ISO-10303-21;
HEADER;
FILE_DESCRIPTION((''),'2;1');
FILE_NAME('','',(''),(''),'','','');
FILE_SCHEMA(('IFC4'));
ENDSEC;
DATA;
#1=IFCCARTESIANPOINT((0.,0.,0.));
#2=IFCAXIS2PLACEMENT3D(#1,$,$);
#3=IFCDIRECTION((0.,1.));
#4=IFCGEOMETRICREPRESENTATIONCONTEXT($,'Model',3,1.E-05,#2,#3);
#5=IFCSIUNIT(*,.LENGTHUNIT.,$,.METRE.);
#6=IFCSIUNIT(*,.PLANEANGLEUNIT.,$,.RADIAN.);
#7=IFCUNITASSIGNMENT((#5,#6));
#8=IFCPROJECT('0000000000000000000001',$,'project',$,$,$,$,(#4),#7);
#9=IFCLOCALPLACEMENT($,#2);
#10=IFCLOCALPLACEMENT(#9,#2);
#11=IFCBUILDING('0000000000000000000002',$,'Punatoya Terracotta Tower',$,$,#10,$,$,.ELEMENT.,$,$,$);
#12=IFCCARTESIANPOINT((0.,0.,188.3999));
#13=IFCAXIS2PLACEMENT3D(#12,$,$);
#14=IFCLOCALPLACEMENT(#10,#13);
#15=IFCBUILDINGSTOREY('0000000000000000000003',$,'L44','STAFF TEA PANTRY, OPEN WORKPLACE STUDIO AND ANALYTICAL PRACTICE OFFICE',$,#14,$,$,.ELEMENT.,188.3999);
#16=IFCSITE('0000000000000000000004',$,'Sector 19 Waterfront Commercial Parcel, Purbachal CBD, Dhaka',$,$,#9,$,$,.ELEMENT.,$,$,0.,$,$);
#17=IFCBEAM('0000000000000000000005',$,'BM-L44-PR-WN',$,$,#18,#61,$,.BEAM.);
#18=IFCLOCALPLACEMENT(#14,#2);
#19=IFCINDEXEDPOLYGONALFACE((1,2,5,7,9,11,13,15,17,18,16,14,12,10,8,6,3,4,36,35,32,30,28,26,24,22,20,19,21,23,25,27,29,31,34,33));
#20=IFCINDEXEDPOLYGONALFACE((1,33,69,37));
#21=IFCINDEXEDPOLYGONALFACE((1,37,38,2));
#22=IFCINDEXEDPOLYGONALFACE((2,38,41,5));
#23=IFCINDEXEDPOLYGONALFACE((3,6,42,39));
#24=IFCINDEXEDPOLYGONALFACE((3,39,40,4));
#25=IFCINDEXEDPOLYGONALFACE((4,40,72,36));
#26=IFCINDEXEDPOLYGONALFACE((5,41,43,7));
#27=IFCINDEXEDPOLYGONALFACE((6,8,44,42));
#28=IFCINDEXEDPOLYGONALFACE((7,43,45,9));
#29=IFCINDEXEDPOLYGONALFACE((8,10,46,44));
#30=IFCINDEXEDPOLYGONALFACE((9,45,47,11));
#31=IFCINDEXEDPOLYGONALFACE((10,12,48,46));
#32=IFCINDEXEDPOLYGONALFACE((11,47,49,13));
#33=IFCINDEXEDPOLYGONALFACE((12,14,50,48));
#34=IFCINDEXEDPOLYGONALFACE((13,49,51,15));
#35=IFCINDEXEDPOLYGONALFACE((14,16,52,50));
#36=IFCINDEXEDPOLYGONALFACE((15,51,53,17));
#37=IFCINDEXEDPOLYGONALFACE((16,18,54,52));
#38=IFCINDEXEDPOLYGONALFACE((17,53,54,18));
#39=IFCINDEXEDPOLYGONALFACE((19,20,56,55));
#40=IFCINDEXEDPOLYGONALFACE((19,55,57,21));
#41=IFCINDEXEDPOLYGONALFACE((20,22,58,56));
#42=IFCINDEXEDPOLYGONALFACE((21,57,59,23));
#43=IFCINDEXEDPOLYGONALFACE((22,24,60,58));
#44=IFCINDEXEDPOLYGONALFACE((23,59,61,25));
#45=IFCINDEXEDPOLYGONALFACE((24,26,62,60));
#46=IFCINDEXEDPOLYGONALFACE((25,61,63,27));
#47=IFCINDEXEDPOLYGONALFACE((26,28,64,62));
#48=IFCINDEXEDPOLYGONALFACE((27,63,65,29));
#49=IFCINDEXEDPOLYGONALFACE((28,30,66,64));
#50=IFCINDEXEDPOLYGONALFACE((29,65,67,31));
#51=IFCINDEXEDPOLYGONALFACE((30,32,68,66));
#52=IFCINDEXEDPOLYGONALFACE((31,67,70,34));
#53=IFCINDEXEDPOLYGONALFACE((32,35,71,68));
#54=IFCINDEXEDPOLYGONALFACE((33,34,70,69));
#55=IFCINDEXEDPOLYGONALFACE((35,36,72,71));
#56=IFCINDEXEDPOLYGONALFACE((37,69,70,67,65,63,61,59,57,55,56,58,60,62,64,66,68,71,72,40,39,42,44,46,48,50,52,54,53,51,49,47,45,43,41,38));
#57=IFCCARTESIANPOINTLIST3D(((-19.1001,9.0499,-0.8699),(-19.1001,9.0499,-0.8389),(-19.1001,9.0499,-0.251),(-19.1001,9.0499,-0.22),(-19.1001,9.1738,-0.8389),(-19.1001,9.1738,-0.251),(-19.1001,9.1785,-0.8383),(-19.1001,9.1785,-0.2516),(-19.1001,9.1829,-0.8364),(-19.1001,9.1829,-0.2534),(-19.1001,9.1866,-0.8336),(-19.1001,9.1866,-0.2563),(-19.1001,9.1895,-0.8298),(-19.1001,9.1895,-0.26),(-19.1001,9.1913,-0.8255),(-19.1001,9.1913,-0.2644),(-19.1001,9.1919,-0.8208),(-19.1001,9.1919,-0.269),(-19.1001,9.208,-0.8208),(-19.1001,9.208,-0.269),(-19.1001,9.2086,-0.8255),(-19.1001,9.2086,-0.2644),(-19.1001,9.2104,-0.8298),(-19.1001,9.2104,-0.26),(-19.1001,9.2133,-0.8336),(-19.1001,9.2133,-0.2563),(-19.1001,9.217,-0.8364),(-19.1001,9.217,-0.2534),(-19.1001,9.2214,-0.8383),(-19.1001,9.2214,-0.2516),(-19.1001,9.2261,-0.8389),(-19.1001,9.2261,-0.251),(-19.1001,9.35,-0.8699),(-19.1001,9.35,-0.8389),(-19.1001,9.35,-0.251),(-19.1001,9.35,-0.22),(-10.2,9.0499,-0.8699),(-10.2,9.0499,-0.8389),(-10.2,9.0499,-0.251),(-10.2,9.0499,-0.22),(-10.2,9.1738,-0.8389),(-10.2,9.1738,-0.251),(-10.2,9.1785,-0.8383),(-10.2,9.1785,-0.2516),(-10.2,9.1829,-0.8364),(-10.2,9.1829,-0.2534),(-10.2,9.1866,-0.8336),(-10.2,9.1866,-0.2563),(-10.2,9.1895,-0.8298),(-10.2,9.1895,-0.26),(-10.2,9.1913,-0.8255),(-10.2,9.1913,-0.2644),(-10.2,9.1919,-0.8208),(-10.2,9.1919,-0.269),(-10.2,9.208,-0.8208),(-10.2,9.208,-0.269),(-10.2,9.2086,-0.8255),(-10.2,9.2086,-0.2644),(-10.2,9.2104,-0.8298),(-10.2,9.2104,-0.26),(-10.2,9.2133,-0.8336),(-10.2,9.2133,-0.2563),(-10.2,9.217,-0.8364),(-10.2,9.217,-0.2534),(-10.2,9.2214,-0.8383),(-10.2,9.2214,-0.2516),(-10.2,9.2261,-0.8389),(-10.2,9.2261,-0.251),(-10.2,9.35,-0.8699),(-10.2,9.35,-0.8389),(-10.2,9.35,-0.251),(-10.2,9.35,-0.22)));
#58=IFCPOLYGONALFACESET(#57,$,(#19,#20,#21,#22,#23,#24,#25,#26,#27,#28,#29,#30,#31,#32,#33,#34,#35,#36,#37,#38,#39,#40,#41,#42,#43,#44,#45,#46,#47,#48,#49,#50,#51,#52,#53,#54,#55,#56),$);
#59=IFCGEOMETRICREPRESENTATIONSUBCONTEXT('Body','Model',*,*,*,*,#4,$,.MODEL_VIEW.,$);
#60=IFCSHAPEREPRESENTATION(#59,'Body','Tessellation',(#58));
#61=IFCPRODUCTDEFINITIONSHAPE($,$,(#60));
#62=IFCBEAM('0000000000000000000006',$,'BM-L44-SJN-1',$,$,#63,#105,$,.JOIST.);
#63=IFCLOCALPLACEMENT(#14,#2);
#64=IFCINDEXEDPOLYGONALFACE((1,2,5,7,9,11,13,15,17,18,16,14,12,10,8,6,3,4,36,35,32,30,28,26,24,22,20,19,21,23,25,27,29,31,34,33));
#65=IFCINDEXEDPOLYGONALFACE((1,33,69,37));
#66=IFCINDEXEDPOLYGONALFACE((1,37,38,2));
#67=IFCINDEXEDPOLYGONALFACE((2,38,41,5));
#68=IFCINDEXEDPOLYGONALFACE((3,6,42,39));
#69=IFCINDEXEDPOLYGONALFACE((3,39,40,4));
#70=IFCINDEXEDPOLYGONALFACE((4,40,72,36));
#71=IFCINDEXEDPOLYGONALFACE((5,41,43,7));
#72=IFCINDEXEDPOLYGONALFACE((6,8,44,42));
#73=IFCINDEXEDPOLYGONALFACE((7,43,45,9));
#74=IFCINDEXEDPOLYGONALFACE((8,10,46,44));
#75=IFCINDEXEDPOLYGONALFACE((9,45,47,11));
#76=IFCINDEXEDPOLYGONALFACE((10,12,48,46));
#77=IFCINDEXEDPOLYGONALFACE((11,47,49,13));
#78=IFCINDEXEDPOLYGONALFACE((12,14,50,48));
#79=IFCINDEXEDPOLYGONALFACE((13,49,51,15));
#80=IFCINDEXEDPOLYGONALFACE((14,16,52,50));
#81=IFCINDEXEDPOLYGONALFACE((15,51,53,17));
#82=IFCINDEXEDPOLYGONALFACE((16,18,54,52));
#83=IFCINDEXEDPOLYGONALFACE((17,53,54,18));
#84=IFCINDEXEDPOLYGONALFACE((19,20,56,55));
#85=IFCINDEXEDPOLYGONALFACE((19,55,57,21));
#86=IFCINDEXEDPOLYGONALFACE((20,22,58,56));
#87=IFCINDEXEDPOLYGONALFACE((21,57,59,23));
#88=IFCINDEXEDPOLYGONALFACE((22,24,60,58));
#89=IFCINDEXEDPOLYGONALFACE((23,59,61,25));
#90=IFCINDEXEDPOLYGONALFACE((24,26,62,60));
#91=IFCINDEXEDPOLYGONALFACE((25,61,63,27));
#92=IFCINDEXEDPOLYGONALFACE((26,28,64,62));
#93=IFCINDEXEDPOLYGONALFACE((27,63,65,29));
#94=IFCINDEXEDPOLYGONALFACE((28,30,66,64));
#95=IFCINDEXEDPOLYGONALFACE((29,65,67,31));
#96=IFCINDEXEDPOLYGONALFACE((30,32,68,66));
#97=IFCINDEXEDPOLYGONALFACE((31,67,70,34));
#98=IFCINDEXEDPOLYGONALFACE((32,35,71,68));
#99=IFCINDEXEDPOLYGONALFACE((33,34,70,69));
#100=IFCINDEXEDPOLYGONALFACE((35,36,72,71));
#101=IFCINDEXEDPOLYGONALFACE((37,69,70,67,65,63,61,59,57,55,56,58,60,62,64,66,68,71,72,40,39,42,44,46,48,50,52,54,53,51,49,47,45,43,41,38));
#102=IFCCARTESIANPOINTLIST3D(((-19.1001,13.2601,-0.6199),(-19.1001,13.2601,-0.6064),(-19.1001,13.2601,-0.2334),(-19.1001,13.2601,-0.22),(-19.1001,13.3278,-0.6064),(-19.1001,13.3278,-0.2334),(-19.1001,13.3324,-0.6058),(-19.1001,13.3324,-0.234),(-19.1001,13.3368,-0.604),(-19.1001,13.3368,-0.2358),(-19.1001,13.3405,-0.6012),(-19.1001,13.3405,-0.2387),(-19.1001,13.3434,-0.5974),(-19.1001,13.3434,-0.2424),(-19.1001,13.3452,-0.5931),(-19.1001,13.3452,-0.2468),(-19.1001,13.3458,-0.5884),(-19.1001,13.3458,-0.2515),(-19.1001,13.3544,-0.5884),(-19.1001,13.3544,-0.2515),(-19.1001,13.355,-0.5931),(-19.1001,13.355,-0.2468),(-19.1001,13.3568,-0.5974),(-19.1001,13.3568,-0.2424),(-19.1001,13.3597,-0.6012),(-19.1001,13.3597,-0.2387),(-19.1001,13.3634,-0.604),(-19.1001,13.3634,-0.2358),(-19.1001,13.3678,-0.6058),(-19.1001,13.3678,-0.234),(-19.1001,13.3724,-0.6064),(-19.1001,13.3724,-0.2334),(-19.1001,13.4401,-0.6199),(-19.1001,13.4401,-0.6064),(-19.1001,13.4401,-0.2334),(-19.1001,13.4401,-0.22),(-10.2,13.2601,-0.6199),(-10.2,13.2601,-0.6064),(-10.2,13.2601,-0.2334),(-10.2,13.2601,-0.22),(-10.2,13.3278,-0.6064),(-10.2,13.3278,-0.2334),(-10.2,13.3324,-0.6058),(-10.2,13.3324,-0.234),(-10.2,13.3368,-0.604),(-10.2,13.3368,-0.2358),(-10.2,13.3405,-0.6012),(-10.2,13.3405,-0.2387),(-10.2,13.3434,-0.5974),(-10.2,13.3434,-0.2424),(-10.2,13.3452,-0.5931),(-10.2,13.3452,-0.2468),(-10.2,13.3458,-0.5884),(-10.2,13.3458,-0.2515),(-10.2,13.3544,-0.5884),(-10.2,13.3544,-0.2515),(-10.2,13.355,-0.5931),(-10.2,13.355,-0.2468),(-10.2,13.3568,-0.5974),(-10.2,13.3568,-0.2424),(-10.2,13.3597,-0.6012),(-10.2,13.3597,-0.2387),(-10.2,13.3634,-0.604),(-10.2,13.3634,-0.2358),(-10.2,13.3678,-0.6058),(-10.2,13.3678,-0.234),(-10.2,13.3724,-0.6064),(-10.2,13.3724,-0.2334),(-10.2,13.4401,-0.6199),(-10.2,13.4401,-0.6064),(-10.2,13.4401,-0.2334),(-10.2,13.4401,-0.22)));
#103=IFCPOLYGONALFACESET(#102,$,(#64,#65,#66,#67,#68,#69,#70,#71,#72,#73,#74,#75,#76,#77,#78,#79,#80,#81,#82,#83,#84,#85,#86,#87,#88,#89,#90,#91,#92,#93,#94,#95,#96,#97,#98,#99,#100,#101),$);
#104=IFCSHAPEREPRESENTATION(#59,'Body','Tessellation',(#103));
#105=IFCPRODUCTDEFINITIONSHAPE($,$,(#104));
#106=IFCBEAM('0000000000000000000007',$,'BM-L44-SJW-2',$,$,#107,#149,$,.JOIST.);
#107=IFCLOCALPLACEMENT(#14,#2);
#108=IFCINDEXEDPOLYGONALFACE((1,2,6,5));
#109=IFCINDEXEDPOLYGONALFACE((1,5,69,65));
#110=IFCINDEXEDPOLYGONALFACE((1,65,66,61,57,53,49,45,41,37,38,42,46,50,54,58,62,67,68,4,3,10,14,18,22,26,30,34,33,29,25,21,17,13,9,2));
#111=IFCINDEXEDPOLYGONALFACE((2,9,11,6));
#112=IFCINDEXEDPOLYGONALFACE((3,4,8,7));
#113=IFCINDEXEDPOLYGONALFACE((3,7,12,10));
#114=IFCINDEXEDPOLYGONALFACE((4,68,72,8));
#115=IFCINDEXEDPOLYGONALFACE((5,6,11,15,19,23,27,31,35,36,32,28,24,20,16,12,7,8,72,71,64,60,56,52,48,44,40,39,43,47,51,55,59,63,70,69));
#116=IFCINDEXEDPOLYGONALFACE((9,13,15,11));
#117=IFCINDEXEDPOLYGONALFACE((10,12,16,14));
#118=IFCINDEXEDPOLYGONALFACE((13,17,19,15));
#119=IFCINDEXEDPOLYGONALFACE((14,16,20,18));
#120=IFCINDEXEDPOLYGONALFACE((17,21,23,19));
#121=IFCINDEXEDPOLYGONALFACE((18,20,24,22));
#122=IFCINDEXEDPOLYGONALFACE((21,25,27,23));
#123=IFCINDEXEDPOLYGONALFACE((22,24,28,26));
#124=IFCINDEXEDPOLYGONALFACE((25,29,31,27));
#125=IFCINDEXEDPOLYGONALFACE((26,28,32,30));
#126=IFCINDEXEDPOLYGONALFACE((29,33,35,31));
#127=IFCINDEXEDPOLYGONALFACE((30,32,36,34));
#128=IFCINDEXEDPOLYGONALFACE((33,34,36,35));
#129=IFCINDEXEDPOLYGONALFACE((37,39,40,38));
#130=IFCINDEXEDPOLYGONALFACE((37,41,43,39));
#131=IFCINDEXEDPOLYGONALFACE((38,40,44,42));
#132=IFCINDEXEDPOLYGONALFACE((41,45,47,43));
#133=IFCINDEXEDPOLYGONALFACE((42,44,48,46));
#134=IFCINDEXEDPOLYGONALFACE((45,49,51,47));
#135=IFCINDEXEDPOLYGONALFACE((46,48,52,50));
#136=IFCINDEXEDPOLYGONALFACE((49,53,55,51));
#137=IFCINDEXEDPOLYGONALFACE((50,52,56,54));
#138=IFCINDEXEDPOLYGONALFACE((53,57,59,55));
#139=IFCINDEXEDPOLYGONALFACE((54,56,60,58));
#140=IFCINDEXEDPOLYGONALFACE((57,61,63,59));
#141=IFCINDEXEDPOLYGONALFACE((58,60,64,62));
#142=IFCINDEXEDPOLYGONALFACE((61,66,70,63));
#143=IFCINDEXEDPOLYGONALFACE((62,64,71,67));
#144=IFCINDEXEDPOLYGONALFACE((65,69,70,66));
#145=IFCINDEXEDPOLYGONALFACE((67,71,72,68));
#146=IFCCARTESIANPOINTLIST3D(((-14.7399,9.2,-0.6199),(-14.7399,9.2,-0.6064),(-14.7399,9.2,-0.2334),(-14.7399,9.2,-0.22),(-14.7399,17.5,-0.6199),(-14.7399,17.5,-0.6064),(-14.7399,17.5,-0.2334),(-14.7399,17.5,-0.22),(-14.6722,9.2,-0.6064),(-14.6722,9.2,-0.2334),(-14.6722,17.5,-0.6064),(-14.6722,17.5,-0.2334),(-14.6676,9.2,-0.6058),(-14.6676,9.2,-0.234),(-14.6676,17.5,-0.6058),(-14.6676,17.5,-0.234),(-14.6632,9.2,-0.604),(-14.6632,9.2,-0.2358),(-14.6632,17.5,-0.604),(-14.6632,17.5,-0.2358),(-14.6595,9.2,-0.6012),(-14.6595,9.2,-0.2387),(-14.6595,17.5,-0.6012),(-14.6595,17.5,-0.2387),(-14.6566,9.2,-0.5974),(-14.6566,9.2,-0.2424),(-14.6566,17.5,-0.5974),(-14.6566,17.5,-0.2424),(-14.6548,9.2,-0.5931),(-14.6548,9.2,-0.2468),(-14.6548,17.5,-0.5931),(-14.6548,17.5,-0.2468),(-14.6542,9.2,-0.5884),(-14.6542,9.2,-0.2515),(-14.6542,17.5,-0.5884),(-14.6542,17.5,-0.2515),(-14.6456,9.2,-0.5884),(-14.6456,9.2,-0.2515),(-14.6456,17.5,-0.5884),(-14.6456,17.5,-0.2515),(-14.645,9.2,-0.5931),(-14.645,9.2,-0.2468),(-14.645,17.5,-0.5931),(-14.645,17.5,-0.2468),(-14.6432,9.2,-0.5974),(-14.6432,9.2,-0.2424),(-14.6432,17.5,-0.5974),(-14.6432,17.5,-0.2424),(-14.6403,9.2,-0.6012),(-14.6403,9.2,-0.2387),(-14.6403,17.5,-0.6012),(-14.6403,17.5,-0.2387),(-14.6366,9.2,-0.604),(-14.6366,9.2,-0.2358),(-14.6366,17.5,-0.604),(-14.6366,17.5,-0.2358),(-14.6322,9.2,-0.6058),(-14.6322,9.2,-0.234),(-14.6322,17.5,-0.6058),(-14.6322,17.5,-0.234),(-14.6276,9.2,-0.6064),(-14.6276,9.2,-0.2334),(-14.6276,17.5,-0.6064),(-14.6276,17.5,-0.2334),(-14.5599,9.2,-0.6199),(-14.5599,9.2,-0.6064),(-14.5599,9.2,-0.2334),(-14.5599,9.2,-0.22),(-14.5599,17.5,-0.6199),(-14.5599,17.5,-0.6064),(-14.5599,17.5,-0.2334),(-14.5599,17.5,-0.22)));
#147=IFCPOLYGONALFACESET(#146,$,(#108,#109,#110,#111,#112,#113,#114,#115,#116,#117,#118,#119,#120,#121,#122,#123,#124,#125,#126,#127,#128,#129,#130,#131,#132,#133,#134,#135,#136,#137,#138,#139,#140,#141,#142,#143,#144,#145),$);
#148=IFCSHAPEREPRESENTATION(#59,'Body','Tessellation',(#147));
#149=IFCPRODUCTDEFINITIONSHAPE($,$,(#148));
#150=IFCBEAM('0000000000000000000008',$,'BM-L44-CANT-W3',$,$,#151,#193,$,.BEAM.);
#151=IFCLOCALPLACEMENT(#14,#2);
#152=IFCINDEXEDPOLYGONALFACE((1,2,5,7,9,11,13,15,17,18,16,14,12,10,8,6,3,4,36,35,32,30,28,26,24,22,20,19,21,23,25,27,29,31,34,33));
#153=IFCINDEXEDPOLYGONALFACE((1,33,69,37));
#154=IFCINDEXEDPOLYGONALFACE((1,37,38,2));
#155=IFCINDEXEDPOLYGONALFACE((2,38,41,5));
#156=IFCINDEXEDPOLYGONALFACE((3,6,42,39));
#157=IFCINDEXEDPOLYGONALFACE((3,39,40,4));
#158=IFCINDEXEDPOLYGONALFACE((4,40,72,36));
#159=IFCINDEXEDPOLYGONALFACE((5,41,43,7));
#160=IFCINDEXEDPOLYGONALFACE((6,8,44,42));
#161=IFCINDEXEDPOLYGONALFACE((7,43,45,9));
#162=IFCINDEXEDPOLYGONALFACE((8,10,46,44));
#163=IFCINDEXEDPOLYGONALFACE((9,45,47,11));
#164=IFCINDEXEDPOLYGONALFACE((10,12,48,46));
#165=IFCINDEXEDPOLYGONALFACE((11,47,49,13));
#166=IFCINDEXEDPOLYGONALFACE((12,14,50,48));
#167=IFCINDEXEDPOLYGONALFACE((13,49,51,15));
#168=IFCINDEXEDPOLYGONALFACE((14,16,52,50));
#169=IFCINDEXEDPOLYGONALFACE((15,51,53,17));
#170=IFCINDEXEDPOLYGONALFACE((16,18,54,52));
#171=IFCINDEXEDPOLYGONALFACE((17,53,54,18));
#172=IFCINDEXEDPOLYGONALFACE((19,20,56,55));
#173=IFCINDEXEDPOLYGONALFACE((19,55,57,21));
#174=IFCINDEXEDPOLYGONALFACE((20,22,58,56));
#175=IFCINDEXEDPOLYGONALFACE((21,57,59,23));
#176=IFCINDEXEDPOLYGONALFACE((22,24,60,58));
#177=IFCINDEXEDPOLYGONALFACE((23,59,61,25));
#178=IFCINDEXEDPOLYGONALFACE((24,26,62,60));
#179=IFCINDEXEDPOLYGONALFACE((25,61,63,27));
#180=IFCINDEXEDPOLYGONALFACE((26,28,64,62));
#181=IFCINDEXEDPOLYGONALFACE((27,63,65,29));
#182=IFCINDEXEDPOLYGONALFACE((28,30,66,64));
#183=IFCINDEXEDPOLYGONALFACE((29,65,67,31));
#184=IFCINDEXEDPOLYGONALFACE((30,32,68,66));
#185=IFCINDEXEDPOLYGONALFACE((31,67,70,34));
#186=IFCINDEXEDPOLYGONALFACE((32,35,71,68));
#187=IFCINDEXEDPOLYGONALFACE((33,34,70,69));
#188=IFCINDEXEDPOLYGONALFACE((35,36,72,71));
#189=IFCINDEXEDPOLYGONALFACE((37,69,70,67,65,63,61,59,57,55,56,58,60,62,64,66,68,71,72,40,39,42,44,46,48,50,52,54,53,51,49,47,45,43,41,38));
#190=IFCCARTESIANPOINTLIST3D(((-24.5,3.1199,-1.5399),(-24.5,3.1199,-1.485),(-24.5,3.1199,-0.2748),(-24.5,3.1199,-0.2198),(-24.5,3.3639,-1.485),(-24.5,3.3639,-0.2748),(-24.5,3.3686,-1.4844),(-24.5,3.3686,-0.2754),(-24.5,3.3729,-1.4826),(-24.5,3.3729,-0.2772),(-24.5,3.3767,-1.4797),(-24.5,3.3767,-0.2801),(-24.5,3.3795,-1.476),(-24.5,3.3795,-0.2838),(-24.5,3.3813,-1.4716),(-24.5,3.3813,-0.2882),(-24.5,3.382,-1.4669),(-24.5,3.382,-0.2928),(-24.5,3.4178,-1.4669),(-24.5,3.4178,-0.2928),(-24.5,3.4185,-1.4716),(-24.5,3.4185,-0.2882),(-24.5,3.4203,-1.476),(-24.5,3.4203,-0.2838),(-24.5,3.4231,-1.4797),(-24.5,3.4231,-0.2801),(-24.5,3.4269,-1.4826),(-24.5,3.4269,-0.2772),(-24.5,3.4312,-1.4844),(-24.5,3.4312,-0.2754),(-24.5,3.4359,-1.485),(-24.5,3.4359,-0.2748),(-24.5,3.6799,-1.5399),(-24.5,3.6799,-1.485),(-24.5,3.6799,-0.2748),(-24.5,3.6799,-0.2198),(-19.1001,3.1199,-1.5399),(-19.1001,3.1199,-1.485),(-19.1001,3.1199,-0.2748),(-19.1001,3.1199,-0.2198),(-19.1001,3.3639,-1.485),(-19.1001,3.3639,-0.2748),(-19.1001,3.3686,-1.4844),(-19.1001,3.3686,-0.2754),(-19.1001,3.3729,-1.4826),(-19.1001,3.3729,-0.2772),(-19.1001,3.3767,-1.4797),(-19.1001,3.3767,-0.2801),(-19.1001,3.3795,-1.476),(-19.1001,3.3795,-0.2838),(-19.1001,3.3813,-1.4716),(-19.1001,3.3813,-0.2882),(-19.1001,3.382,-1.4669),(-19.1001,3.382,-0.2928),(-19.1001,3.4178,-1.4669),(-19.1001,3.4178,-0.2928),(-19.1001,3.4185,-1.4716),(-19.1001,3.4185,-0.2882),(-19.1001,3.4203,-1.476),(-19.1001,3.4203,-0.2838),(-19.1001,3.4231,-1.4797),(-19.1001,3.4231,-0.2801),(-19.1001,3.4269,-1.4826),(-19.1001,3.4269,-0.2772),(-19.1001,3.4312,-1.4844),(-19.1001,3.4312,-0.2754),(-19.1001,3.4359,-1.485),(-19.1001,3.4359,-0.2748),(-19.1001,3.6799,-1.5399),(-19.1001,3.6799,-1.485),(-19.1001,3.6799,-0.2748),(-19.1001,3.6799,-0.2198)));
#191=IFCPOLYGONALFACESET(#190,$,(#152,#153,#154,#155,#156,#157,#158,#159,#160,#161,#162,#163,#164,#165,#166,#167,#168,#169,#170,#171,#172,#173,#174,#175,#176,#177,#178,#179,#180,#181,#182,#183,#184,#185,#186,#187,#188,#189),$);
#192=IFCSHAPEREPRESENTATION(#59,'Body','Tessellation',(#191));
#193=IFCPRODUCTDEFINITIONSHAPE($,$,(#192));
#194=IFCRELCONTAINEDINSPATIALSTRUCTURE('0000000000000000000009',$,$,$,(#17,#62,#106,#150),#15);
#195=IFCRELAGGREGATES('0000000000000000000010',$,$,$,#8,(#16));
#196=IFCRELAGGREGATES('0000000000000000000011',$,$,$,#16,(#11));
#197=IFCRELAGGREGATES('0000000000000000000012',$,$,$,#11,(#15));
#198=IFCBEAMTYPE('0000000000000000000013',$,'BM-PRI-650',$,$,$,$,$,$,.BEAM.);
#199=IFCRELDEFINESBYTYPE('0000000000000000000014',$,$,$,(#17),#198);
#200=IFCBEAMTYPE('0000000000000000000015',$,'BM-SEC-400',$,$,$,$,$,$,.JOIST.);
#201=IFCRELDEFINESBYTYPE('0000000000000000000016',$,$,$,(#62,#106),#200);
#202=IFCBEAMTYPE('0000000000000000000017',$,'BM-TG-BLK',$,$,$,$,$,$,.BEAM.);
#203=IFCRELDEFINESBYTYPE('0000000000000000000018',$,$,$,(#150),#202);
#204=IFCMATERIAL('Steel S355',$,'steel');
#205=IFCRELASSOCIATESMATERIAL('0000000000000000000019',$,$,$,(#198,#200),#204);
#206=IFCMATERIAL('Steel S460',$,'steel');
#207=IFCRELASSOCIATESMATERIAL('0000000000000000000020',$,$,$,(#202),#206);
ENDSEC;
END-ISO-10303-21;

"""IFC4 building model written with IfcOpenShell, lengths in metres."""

from ifc_helpers import new_model, si_unit, direction, frame, origin, origin_2d, place, context, subcontext, project, spatial, i_section, extrude, material, material_profile, profile_set, type_object, element, save


model = new_model("IFC4")

# Units and contexts
model_context = context("Model", 3, precision=1e-05, world=origin(), true_north=direction((0.0, 1.0)))
body_context = subcontext(model_context, "Body", "Model", "MODEL_VIEW")
ifc_project = project(units=[si_unit("LENGTHUNIT", "METRE"), si_unit("PLANEANGLEUNIT", "RADIAN")], contexts=[model_context])

# Site, building, storey
site_placement = place(None, origin())
site = spatial("IfcSite", under=ifc_project, at=site_placement, Name="Sector 19 Waterfront Commercial Parcel, Purbachal CBD, Dhaka", CompositionType="ELEMENT", RefElevation=0.0)
building_placement = place(site_placement, origin())
building = spatial("IfcBuilding", under=site, at=building_placement, Name="Punatoya Terracotta Tower", CompositionType="ELEMENT")
storey_placement = place(building_placement, frame((0.0, 0.0, 188.3999)))
storey = spatial("IfcBuildingStorey", under=building, at=storey_placement, Name="L44", Description="STAFF TEA PANTRY, OPEN WORKPLACE STUDIO AND ANALYTICAL PRACTICE OFFICE", CompositionType="ELEMENT", Elevation=188.3999)

# Shared definitions
ifc_material_1 = material(Name="Steel S460", Category="steel")

# Beams
ifc_material_2 = material(Name="Steel S355", Category="steel")
ifc_material_profile_1 = material_profile(ifc_material_2, i_section(OverallWidth=0.3, OverallDepth=0.6499, WebThickness=0.0161, FlangeThickness=0.031, FilletRadius=0.0181, at=origin_2d()))
ifc_profile_set_1 = profile_set([ifc_material_profile_1], Name="Steel S355")
beam_type_1 = type_object("IfcBeamType", Name="BM-PRI-650", PredefinedType="BEAM", material=ifc_profile_set_1)
for number, where, z_axis, x_axis, name in (
    (1, (-19.1001, 9.2, -0.5449), (1.0, 0.0, 0.0), (0.0, 1.0, 0.0), "BM-L44-PR-WN"),
):
    element("IfcBeam", number, at=place(storey_placement, frame(where, z_axis=z_axis, x_axis=x_axis)), inside=storey, type_object=beam_type_1, Name=name, PredefinedType="BEAM", context=body_context, shape_type="SweptSolid", body=[
        extrude(i_section(OverallWidth=0.3, OverallDepth=0.6499, WebThickness=0.0161, FlangeThickness=0.031, FilletRadius=0.0181, at=origin_2d()), origin(), (0.0, 0.0, 1.0), 8.9001),
    ])
ifc_material_profile_2 = material_profile(ifc_material_2, i_section(OverallWidth=0.1799, OverallDepth=0.3999, WebThickness=0.0085, FlangeThickness=0.0134, FilletRadius=0.0181, at=origin_2d()))
ifc_profile_set_2 = profile_set([ifc_material_profile_2], Name="Steel S355")
beam_type_2 = type_object("IfcBeamType", Name="BM-SEC-400", PredefinedType="JOIST", material=ifc_profile_set_2)
beam_1_placement = place(storey_placement, frame((-19.1001, 13.3501, -0.4199), z_axis=(1.0, 0.0, 0.0), x_axis=(0.0, 1.0, 0.0)))
element("IfcBeam", 2, at=beam_1_placement, inside=storey, type_object=beam_type_2, Name="BM-L44-SJN-1", PredefinedType="JOIST", context=body_context, shape_type="SweptSolid", body=[
    extrude(i_section(OverallWidth=0.1799, OverallDepth=0.3999, WebThickness=0.0085, FlangeThickness=0.0134, FilletRadius=0.0181, at=origin_2d()), origin(), (0.0, 0.0, 1.0), 8.9001),
])
beam_2_placement = place(storey_placement, frame((-14.6499, 9.2, -0.4199), z_axis=(0.0, 1.0, 0.0), x_axis=(-1.0, 0.0, 0.0)))
element("IfcBeam", 3, at=beam_2_placement, inside=storey, type_object=beam_type_2, Name="BM-L44-SJW-2", PredefinedType="JOIST", context=body_context, shape_type="SweptSolid", body=[
    extrude(i_section(OverallWidth=0.1799, OverallDepth=0.3999, WebThickness=0.0085, FlangeThickness=0.0134, FilletRadius=0.0181, at=origin_2d()), origin(), (0.0, 0.0, 1.0), 8.3),
])
ifc_material_profile_3 = material_profile(ifc_material_1, i_section(OverallWidth=0.5601, OverallDepth=1.3201, WebThickness=0.0359, FlangeThickness=0.0549, FilletRadius=0.0181, at=origin_2d()))
ifc_profile_set_3 = profile_set([ifc_material_profile_3], Name="Steel S460")
beam_type_3 = type_object("IfcBeamType", Name="BM-TG-BLK", PredefinedType="BEAM", material=ifc_profile_set_3)
beam_3_placement = place(storey_placement, frame((-24.5, 3.3999, -0.8799), z_axis=(1.0, 0.0, 0.0), x_axis=(0.0, 1.0, 0.0)))
element("IfcBeam", 4, at=beam_3_placement, inside=storey, type_object=beam_type_3, Name="BM-L44-CANT-W3", PredefinedType="BEAM", context=body_context, shape_type="SweptSolid", body=[
    extrude(i_section(OverallWidth=0.5601, OverallDepth=1.3201, WebThickness=0.0359, FlangeThickness=0.0549, FilletRadius=0.0181, at=origin_2d()), origin(), (0.0, 0.0, 1.0), 5.3999),
])

save(model, "model.ifc")
